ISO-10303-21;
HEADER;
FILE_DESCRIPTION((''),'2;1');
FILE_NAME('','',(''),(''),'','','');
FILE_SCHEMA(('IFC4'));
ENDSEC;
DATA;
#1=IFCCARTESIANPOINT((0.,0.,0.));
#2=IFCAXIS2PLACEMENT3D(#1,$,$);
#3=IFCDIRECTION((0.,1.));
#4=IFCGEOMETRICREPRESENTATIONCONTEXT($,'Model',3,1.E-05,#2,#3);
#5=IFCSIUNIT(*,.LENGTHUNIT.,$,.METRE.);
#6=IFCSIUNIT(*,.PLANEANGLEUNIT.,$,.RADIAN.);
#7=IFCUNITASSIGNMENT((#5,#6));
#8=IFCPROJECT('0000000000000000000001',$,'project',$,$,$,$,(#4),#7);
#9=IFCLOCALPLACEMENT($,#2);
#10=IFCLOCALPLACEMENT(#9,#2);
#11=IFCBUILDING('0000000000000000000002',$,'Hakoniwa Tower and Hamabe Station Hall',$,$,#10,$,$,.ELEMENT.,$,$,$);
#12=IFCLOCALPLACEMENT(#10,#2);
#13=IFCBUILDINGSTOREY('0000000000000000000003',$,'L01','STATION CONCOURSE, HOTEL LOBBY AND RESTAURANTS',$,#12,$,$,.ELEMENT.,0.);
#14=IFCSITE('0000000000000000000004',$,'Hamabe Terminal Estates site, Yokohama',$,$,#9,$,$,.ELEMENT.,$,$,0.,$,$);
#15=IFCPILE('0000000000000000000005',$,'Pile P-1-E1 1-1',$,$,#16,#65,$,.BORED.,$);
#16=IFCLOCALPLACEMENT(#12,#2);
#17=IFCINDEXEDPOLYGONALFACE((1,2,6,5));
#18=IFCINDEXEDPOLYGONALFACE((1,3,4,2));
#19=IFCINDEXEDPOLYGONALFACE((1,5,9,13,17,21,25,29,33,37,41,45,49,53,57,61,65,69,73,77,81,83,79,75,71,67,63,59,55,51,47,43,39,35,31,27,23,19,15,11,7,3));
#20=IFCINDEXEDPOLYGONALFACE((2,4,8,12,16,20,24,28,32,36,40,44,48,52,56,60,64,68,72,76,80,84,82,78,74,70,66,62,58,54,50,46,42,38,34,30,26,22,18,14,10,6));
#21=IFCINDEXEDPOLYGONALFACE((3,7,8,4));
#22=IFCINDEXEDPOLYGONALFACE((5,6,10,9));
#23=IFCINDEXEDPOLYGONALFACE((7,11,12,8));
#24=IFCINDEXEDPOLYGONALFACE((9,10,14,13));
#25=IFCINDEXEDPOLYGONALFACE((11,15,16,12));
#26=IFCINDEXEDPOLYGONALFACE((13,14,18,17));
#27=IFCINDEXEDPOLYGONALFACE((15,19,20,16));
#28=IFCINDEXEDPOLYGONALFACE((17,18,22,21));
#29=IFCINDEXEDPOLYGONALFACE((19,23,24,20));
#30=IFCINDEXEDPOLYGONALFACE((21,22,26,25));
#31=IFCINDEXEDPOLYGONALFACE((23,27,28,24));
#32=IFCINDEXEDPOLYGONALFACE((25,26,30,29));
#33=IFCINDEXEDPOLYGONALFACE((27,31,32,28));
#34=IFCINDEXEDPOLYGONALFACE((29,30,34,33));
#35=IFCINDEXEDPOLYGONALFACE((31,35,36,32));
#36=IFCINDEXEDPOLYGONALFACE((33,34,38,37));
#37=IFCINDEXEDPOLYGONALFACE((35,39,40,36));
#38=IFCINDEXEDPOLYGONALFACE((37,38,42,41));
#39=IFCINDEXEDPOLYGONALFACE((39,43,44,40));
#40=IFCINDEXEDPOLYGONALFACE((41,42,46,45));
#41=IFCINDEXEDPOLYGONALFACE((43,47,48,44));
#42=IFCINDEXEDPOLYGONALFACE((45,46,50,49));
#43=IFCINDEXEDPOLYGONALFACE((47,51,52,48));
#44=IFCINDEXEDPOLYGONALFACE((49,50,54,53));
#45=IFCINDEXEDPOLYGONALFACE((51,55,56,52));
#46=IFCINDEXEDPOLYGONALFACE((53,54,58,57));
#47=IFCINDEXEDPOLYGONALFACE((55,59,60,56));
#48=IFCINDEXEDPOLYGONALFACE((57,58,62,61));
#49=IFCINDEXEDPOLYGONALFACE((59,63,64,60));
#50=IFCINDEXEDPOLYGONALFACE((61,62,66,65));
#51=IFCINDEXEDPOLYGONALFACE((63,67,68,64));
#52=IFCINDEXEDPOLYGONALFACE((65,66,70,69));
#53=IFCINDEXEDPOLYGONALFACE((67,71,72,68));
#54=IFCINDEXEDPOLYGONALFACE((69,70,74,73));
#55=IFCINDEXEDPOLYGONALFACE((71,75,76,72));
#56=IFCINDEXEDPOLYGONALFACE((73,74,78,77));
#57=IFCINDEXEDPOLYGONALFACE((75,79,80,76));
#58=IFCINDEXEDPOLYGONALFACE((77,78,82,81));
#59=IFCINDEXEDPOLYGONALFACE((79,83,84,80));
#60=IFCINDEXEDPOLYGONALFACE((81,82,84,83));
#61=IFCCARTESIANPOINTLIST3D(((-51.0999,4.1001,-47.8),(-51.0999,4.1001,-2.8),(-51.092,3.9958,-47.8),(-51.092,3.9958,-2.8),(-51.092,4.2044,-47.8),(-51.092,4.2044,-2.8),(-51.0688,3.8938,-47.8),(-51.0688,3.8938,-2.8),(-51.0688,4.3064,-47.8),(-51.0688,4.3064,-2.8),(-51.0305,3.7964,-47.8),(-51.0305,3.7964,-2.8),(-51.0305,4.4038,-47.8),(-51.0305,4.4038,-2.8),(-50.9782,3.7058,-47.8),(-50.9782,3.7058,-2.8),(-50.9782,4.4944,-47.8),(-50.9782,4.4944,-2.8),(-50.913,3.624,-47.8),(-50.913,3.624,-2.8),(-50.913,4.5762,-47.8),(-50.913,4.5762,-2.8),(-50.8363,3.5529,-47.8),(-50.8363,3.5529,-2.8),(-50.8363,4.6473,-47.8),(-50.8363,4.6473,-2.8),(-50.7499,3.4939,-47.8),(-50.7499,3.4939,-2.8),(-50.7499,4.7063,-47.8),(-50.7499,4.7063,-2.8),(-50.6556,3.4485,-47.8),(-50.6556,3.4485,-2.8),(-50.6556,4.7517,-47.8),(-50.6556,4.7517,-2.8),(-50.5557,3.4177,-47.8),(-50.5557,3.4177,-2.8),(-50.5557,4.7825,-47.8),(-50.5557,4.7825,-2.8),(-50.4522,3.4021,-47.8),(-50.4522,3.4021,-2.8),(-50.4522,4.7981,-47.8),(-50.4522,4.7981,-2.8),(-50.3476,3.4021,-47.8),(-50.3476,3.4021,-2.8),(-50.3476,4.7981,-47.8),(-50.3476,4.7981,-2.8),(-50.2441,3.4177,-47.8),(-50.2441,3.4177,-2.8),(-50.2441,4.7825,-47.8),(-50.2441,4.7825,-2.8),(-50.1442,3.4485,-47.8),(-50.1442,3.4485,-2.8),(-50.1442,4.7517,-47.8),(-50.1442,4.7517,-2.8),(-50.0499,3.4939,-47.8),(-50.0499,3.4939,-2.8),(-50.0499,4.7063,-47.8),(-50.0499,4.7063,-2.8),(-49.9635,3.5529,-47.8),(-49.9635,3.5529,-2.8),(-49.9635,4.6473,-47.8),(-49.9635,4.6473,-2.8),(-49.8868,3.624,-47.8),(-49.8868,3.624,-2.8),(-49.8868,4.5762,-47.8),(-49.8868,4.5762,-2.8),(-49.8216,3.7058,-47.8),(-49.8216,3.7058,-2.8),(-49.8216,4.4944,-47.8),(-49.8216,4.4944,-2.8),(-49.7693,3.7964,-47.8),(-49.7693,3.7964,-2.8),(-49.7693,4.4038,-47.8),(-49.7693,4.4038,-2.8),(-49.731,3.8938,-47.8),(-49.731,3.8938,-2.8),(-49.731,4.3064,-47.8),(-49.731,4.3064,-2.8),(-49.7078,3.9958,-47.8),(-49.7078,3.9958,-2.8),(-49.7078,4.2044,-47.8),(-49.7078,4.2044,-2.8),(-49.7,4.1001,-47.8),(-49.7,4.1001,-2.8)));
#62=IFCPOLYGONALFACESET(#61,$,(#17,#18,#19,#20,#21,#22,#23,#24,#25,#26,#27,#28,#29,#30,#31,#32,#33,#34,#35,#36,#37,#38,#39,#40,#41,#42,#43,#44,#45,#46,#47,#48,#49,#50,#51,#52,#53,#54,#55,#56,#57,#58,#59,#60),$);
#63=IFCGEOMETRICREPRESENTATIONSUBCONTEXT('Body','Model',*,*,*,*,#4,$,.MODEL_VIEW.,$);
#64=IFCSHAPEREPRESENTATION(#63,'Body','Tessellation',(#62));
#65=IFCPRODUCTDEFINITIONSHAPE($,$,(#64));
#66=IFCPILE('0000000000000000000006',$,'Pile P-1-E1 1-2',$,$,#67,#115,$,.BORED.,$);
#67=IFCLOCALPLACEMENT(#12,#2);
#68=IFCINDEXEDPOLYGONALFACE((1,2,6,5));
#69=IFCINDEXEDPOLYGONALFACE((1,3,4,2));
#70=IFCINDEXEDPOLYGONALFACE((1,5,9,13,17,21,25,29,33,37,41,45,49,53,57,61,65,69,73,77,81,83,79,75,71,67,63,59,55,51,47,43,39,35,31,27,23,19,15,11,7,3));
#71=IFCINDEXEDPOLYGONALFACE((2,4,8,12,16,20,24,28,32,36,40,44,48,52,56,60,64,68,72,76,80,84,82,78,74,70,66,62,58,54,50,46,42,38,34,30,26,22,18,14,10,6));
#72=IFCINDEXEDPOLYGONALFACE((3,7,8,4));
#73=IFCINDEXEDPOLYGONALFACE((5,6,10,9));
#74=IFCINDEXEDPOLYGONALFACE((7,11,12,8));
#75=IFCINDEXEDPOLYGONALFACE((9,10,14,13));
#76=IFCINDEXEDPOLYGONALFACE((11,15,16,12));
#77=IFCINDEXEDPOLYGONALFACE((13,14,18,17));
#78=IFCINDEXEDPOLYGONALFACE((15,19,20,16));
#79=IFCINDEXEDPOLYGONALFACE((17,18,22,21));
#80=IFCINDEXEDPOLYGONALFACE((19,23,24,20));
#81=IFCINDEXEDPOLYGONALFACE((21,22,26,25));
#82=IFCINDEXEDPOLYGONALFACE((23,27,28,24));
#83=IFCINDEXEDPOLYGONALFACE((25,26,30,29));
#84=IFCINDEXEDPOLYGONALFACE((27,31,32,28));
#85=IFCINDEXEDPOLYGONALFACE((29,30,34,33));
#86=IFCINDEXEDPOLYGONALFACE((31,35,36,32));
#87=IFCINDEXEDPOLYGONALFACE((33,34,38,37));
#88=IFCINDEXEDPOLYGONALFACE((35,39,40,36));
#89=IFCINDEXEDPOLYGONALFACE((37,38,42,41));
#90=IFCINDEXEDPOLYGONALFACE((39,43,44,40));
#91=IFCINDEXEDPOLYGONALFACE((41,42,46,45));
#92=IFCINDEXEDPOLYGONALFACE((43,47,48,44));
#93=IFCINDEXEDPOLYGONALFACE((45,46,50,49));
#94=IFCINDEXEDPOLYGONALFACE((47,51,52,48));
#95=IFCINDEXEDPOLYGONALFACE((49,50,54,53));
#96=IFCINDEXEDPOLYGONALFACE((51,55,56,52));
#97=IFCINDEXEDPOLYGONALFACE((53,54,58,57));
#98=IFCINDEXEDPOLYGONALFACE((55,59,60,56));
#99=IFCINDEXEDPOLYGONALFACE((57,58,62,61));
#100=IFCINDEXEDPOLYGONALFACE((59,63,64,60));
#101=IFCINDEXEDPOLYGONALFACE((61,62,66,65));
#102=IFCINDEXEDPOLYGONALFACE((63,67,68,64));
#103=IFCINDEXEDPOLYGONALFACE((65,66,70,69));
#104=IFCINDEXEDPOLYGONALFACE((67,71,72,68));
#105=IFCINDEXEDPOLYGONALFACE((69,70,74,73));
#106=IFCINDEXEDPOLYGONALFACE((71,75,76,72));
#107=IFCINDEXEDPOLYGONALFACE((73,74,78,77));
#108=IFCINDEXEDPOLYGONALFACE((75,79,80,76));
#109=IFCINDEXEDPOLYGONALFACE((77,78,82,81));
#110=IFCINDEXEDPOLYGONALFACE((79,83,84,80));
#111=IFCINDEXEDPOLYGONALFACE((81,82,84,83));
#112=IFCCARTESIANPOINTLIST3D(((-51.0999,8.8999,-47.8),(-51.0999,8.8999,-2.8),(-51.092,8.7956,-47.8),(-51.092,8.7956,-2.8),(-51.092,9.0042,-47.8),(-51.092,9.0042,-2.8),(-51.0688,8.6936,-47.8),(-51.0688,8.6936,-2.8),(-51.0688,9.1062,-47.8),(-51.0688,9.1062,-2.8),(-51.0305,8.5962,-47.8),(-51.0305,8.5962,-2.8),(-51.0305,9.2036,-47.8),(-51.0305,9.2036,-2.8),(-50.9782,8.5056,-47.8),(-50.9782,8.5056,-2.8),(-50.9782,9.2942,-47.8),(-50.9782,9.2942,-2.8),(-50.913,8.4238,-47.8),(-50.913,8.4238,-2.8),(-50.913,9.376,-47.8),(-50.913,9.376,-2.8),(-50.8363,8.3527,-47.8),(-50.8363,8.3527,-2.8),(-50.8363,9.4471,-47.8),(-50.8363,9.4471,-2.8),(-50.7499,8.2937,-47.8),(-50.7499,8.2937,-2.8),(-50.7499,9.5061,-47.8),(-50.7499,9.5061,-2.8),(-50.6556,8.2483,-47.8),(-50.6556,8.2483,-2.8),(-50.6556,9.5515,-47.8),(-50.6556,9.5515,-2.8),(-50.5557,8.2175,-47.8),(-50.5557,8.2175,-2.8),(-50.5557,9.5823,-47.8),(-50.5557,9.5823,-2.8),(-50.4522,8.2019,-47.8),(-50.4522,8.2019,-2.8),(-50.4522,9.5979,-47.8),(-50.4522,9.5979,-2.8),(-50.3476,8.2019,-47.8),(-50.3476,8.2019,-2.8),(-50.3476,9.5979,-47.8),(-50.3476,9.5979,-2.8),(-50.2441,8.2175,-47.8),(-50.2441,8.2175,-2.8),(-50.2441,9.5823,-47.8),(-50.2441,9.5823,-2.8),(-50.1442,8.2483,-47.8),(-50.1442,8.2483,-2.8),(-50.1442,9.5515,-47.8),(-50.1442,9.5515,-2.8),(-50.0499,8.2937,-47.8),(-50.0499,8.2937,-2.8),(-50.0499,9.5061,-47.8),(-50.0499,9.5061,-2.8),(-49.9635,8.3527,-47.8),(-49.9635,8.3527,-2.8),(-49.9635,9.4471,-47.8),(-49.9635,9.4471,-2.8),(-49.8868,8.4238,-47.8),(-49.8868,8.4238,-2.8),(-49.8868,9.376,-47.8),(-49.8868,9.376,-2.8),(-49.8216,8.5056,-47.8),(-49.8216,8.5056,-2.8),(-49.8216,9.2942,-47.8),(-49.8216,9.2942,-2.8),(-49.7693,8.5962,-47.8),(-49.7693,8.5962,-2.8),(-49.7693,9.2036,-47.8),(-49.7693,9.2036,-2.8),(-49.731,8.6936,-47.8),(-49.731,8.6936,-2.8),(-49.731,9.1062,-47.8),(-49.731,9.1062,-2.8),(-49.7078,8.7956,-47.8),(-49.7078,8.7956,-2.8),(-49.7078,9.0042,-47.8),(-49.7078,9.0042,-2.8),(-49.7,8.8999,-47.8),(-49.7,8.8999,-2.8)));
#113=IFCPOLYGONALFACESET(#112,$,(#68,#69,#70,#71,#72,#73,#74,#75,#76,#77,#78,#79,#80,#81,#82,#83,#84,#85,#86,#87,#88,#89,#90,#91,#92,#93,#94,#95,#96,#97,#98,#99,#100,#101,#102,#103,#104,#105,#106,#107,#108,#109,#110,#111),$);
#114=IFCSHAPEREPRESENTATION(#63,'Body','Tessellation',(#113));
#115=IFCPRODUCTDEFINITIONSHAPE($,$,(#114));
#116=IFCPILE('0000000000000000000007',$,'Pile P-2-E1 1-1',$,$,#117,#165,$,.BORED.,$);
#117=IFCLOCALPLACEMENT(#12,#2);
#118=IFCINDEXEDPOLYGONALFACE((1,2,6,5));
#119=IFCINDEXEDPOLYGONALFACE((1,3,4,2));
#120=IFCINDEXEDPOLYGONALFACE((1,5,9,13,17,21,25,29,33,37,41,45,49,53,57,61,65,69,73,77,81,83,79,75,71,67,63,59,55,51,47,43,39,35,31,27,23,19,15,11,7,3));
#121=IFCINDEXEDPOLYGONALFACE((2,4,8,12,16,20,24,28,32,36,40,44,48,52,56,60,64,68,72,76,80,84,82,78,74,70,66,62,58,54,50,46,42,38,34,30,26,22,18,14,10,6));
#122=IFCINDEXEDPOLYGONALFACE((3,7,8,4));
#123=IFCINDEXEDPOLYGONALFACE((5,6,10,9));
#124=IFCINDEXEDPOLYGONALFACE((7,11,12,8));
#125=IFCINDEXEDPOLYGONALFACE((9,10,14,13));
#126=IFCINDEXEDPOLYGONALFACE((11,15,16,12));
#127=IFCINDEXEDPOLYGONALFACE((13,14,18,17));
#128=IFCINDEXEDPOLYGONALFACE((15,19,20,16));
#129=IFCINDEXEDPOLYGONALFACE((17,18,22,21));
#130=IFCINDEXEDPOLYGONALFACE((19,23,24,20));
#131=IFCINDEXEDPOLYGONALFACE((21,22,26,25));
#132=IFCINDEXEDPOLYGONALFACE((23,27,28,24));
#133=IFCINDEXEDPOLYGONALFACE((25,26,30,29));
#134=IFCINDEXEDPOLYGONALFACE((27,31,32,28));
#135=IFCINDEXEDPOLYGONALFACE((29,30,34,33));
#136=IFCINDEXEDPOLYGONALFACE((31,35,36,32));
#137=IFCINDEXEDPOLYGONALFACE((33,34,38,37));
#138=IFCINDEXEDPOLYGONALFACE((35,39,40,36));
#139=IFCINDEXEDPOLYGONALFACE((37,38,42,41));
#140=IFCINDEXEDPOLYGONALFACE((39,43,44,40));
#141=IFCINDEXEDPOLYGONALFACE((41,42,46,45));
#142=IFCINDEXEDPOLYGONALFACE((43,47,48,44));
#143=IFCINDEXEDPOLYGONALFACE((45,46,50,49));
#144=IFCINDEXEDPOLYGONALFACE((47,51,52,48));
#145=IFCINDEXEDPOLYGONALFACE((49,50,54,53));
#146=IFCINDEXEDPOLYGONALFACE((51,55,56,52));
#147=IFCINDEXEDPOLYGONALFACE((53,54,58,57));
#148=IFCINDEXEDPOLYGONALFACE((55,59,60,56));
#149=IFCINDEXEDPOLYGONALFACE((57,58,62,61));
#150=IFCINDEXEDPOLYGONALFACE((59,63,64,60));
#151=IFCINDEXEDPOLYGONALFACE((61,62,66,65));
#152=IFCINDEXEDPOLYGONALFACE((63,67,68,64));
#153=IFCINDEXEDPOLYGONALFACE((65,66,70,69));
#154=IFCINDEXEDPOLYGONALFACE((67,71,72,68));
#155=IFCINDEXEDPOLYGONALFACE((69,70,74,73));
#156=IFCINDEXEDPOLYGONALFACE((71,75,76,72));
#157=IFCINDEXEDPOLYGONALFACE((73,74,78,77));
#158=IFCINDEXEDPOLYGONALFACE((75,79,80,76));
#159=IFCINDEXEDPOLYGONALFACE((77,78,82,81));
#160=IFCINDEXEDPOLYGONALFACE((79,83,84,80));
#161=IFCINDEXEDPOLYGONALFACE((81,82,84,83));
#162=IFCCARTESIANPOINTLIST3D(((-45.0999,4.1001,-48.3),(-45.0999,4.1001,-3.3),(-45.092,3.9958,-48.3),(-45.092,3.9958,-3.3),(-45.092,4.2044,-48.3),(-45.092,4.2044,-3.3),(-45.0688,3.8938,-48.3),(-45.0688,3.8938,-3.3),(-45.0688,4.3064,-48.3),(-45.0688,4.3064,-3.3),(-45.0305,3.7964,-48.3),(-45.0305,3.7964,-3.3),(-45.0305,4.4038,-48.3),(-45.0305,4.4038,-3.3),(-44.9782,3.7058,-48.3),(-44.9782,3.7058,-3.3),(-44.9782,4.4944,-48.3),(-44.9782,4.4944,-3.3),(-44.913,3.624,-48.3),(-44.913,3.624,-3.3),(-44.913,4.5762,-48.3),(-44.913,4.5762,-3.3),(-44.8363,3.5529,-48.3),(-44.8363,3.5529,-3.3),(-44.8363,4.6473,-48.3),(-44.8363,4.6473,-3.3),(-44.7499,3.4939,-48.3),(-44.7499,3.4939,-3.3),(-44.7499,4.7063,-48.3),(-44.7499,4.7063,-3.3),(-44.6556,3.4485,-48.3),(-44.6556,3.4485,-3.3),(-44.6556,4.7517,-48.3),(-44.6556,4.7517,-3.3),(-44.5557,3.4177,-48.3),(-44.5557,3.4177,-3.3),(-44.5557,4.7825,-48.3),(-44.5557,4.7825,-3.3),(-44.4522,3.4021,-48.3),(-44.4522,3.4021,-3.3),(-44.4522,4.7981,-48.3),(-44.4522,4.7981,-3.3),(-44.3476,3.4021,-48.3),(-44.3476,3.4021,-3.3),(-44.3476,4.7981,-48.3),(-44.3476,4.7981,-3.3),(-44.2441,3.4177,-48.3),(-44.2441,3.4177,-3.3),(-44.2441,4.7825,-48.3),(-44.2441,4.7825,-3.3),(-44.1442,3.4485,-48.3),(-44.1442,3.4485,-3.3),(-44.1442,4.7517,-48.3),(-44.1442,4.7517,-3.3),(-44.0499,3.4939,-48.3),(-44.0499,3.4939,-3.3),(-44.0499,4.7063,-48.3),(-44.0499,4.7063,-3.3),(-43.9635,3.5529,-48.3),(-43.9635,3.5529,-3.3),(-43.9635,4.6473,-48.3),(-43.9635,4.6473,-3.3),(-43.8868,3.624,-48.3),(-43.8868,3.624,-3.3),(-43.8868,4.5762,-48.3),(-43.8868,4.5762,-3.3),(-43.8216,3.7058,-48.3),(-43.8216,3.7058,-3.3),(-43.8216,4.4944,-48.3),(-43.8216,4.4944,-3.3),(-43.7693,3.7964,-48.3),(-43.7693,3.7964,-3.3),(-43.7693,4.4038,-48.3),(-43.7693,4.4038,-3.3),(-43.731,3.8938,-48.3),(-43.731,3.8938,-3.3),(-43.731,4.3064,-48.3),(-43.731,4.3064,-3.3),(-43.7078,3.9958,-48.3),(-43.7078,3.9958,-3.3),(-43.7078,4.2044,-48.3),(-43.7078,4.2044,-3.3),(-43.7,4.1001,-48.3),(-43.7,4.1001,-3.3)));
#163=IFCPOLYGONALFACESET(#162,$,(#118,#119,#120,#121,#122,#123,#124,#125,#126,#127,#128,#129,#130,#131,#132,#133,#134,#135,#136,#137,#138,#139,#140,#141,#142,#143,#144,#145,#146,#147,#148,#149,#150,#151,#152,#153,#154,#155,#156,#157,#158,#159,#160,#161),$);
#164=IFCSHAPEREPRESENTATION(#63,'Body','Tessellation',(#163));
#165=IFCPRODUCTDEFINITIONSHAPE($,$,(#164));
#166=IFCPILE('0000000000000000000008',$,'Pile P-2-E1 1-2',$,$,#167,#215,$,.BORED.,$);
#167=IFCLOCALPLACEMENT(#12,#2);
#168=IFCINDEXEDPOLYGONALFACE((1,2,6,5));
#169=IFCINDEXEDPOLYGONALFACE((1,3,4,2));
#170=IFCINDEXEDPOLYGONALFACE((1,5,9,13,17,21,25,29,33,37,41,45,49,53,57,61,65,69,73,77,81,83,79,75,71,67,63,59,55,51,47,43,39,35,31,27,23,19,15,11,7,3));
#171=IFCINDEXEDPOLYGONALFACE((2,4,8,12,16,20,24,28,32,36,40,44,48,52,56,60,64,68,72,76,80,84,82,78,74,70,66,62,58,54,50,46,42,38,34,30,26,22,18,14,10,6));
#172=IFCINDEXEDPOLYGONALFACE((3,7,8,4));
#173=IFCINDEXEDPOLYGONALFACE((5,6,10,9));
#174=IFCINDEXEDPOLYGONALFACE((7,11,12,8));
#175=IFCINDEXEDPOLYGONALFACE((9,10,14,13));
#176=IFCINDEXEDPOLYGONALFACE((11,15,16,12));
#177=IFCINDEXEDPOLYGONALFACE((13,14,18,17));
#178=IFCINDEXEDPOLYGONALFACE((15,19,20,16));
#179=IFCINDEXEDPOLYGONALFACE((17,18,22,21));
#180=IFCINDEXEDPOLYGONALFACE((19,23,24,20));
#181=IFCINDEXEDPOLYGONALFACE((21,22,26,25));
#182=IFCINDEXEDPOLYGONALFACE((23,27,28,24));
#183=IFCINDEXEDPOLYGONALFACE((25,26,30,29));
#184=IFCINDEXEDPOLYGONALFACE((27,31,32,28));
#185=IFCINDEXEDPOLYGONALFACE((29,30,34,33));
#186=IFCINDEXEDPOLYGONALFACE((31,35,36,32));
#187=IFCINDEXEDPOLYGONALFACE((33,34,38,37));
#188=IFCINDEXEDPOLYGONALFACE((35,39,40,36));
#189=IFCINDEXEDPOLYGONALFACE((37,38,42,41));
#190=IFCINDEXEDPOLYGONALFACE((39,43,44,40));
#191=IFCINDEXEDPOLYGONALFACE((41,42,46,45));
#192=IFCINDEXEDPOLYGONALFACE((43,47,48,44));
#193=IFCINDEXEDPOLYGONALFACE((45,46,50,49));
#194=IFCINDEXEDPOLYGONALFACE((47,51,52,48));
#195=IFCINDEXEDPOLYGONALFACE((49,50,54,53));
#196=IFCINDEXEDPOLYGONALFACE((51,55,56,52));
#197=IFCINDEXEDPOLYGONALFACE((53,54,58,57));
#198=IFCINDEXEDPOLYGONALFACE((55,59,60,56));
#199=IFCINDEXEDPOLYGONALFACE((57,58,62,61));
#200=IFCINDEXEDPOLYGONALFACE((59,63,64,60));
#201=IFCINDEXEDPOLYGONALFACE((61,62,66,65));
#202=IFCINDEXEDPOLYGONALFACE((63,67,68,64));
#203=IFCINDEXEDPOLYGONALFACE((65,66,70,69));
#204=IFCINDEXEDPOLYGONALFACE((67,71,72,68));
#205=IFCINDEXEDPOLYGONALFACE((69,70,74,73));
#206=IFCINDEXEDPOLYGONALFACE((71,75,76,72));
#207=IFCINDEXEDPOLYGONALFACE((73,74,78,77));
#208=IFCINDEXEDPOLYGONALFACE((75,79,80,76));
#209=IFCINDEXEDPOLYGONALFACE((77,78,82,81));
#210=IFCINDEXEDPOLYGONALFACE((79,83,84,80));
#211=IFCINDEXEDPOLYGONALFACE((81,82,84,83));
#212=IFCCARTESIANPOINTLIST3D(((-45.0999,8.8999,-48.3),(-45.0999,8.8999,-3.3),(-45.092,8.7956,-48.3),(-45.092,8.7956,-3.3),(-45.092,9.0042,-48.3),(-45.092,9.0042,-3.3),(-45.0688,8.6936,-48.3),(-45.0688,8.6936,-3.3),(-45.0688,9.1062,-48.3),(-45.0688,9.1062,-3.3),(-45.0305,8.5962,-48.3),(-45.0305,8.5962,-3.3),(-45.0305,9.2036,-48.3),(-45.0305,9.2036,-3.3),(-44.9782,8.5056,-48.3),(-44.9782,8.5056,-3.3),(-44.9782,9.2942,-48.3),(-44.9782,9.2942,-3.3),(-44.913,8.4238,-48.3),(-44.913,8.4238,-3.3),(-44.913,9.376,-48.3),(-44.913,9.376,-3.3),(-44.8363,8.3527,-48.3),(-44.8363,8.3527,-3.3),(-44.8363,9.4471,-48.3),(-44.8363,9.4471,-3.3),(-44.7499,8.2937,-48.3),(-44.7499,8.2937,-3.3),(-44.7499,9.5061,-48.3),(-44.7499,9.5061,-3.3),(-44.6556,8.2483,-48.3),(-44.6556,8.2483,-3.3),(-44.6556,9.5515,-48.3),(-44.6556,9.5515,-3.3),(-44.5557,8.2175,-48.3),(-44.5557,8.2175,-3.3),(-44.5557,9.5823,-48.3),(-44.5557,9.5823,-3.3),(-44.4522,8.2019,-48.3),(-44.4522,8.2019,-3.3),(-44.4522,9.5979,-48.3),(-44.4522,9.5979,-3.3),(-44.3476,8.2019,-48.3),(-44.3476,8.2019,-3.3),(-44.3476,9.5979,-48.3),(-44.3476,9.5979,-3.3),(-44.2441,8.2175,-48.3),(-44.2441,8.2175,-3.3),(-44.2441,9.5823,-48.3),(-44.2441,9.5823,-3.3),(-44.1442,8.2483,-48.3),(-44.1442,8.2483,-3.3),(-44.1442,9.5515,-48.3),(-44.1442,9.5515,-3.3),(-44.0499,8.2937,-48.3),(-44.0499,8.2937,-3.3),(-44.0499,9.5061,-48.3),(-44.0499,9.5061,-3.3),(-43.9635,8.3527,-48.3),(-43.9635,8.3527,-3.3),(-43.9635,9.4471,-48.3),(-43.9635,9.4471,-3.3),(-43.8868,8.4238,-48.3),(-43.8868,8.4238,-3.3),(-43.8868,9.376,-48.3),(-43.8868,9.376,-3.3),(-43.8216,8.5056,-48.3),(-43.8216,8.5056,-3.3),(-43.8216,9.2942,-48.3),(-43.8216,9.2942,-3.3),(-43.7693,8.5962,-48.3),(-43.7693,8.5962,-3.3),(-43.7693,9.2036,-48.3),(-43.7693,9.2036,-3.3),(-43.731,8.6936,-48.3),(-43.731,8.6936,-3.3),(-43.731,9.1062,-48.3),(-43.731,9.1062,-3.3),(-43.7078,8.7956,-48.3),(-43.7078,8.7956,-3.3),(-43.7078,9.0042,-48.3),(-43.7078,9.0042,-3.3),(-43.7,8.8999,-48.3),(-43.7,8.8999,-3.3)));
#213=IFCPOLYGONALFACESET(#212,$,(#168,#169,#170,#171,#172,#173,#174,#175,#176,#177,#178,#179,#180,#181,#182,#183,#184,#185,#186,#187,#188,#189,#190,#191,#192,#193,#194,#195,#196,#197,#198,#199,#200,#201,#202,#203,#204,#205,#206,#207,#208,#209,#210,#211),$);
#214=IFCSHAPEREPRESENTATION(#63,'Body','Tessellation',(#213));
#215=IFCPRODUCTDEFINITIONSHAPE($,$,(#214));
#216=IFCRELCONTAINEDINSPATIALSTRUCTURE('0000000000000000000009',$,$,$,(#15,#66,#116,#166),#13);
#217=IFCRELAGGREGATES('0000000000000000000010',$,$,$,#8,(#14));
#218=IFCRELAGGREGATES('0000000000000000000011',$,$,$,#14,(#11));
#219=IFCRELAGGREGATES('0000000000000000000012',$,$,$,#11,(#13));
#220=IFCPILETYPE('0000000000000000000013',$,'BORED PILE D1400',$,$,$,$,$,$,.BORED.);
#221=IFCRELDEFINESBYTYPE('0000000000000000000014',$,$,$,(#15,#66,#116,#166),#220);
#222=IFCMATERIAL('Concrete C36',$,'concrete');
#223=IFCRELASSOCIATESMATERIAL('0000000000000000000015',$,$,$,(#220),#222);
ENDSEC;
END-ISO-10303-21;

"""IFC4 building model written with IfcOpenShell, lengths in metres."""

from ifc_helpers import new_model, si_unit, direction, frame, origin, origin_2d, place, context, subcontext, project, spatial, circle, extrude, material, material_profile, profile_set, type_object, element, save


model = new_model("IFC4")

# Units and contexts
model_context = context("Model", 3, precision=1e-05, world=origin(), true_north=direction((0.0, 1.0)))
body_context = subcontext(model_context, "Body", "Model", "MODEL_VIEW")
ifc_project = project(units=[si_unit("LENGTHUNIT", "METRE"), si_unit("PLANEANGLEUNIT", "RADIAN")], contexts=[model_context])

# Site, building, storey
site_placement = place(None, origin())
site = spatial("IfcSite", under=ifc_project, at=site_placement, Name="Hamabe Terminal Estates site, Yokohama", CompositionType="ELEMENT", RefElevation=0.0)
building_placement = place(site_placement, origin())
building = spatial("IfcBuilding", under=site, at=building_placement, Name="Hakoniwa Tower and Hamabe Station Hall", CompositionType="ELEMENT")
storey_placement = place(building_placement, origin())
storey = spatial("IfcBuildingStorey", under=building, at=storey_placement, Name="L01", Description="STATION CONCOURSE, HOTEL LOBBY AND RESTAURANTS", CompositionType="ELEMENT", Elevation=0.0)

# Piles
ifc_material_1 = material(Name="Concrete C36", Category="concrete")
ifc_material_profile_1 = material_profile(ifc_material_1, circle(Radius=0.7, at=origin_2d()), Name="BORED PILE D1400")
ifc_profile_set_1 = profile_set([ifc_material_profile_1], Name="Concrete C36")
pile_type = type_object("IfcPileType", Name="BORED PILE D1400", PredefinedType="BORED", material=ifc_profile_set_1)
for number, where, z_axis, x_axis, name in (
    (1, (-50.3999, 4.1001, -2.8), (0.0, 0.0, -1.0), (1.0, 0.0, 0.0), "Pile P-1-E1 1-1"),
    (2, (-50.3999, 8.8999, -2.8), (0.0, 0.0, -1.0), (1.0, 0.0, 0.0), "Pile P-1-E1 1-2"),
    (3, (-44.3999, 4.1001, -3.3), (0.0, 0.0, -1.0), (1.0, 0.0, 0.0), "Pile P-2-E1 1-1"),
    (4, (-44.3999, 8.8999, -3.3), (0.0, 0.0, -1.0), (1.0, 0.0, 0.0), "Pile P-2-E1 1-2"),
):
    element("IfcPile", number, at=place(storey_placement, frame(where, z_axis=z_axis, x_axis=x_axis)), inside=storey, type_object=pile_type, Name=name, PredefinedType="BORED", context=body_context, shape_type="SweptSolid", body=[
        extrude(circle(Radius=0.7, at=origin_2d()), origin(), (0.0, 0.0, 1.0), 45.0),
    ])

save(model, "model.ifc")
